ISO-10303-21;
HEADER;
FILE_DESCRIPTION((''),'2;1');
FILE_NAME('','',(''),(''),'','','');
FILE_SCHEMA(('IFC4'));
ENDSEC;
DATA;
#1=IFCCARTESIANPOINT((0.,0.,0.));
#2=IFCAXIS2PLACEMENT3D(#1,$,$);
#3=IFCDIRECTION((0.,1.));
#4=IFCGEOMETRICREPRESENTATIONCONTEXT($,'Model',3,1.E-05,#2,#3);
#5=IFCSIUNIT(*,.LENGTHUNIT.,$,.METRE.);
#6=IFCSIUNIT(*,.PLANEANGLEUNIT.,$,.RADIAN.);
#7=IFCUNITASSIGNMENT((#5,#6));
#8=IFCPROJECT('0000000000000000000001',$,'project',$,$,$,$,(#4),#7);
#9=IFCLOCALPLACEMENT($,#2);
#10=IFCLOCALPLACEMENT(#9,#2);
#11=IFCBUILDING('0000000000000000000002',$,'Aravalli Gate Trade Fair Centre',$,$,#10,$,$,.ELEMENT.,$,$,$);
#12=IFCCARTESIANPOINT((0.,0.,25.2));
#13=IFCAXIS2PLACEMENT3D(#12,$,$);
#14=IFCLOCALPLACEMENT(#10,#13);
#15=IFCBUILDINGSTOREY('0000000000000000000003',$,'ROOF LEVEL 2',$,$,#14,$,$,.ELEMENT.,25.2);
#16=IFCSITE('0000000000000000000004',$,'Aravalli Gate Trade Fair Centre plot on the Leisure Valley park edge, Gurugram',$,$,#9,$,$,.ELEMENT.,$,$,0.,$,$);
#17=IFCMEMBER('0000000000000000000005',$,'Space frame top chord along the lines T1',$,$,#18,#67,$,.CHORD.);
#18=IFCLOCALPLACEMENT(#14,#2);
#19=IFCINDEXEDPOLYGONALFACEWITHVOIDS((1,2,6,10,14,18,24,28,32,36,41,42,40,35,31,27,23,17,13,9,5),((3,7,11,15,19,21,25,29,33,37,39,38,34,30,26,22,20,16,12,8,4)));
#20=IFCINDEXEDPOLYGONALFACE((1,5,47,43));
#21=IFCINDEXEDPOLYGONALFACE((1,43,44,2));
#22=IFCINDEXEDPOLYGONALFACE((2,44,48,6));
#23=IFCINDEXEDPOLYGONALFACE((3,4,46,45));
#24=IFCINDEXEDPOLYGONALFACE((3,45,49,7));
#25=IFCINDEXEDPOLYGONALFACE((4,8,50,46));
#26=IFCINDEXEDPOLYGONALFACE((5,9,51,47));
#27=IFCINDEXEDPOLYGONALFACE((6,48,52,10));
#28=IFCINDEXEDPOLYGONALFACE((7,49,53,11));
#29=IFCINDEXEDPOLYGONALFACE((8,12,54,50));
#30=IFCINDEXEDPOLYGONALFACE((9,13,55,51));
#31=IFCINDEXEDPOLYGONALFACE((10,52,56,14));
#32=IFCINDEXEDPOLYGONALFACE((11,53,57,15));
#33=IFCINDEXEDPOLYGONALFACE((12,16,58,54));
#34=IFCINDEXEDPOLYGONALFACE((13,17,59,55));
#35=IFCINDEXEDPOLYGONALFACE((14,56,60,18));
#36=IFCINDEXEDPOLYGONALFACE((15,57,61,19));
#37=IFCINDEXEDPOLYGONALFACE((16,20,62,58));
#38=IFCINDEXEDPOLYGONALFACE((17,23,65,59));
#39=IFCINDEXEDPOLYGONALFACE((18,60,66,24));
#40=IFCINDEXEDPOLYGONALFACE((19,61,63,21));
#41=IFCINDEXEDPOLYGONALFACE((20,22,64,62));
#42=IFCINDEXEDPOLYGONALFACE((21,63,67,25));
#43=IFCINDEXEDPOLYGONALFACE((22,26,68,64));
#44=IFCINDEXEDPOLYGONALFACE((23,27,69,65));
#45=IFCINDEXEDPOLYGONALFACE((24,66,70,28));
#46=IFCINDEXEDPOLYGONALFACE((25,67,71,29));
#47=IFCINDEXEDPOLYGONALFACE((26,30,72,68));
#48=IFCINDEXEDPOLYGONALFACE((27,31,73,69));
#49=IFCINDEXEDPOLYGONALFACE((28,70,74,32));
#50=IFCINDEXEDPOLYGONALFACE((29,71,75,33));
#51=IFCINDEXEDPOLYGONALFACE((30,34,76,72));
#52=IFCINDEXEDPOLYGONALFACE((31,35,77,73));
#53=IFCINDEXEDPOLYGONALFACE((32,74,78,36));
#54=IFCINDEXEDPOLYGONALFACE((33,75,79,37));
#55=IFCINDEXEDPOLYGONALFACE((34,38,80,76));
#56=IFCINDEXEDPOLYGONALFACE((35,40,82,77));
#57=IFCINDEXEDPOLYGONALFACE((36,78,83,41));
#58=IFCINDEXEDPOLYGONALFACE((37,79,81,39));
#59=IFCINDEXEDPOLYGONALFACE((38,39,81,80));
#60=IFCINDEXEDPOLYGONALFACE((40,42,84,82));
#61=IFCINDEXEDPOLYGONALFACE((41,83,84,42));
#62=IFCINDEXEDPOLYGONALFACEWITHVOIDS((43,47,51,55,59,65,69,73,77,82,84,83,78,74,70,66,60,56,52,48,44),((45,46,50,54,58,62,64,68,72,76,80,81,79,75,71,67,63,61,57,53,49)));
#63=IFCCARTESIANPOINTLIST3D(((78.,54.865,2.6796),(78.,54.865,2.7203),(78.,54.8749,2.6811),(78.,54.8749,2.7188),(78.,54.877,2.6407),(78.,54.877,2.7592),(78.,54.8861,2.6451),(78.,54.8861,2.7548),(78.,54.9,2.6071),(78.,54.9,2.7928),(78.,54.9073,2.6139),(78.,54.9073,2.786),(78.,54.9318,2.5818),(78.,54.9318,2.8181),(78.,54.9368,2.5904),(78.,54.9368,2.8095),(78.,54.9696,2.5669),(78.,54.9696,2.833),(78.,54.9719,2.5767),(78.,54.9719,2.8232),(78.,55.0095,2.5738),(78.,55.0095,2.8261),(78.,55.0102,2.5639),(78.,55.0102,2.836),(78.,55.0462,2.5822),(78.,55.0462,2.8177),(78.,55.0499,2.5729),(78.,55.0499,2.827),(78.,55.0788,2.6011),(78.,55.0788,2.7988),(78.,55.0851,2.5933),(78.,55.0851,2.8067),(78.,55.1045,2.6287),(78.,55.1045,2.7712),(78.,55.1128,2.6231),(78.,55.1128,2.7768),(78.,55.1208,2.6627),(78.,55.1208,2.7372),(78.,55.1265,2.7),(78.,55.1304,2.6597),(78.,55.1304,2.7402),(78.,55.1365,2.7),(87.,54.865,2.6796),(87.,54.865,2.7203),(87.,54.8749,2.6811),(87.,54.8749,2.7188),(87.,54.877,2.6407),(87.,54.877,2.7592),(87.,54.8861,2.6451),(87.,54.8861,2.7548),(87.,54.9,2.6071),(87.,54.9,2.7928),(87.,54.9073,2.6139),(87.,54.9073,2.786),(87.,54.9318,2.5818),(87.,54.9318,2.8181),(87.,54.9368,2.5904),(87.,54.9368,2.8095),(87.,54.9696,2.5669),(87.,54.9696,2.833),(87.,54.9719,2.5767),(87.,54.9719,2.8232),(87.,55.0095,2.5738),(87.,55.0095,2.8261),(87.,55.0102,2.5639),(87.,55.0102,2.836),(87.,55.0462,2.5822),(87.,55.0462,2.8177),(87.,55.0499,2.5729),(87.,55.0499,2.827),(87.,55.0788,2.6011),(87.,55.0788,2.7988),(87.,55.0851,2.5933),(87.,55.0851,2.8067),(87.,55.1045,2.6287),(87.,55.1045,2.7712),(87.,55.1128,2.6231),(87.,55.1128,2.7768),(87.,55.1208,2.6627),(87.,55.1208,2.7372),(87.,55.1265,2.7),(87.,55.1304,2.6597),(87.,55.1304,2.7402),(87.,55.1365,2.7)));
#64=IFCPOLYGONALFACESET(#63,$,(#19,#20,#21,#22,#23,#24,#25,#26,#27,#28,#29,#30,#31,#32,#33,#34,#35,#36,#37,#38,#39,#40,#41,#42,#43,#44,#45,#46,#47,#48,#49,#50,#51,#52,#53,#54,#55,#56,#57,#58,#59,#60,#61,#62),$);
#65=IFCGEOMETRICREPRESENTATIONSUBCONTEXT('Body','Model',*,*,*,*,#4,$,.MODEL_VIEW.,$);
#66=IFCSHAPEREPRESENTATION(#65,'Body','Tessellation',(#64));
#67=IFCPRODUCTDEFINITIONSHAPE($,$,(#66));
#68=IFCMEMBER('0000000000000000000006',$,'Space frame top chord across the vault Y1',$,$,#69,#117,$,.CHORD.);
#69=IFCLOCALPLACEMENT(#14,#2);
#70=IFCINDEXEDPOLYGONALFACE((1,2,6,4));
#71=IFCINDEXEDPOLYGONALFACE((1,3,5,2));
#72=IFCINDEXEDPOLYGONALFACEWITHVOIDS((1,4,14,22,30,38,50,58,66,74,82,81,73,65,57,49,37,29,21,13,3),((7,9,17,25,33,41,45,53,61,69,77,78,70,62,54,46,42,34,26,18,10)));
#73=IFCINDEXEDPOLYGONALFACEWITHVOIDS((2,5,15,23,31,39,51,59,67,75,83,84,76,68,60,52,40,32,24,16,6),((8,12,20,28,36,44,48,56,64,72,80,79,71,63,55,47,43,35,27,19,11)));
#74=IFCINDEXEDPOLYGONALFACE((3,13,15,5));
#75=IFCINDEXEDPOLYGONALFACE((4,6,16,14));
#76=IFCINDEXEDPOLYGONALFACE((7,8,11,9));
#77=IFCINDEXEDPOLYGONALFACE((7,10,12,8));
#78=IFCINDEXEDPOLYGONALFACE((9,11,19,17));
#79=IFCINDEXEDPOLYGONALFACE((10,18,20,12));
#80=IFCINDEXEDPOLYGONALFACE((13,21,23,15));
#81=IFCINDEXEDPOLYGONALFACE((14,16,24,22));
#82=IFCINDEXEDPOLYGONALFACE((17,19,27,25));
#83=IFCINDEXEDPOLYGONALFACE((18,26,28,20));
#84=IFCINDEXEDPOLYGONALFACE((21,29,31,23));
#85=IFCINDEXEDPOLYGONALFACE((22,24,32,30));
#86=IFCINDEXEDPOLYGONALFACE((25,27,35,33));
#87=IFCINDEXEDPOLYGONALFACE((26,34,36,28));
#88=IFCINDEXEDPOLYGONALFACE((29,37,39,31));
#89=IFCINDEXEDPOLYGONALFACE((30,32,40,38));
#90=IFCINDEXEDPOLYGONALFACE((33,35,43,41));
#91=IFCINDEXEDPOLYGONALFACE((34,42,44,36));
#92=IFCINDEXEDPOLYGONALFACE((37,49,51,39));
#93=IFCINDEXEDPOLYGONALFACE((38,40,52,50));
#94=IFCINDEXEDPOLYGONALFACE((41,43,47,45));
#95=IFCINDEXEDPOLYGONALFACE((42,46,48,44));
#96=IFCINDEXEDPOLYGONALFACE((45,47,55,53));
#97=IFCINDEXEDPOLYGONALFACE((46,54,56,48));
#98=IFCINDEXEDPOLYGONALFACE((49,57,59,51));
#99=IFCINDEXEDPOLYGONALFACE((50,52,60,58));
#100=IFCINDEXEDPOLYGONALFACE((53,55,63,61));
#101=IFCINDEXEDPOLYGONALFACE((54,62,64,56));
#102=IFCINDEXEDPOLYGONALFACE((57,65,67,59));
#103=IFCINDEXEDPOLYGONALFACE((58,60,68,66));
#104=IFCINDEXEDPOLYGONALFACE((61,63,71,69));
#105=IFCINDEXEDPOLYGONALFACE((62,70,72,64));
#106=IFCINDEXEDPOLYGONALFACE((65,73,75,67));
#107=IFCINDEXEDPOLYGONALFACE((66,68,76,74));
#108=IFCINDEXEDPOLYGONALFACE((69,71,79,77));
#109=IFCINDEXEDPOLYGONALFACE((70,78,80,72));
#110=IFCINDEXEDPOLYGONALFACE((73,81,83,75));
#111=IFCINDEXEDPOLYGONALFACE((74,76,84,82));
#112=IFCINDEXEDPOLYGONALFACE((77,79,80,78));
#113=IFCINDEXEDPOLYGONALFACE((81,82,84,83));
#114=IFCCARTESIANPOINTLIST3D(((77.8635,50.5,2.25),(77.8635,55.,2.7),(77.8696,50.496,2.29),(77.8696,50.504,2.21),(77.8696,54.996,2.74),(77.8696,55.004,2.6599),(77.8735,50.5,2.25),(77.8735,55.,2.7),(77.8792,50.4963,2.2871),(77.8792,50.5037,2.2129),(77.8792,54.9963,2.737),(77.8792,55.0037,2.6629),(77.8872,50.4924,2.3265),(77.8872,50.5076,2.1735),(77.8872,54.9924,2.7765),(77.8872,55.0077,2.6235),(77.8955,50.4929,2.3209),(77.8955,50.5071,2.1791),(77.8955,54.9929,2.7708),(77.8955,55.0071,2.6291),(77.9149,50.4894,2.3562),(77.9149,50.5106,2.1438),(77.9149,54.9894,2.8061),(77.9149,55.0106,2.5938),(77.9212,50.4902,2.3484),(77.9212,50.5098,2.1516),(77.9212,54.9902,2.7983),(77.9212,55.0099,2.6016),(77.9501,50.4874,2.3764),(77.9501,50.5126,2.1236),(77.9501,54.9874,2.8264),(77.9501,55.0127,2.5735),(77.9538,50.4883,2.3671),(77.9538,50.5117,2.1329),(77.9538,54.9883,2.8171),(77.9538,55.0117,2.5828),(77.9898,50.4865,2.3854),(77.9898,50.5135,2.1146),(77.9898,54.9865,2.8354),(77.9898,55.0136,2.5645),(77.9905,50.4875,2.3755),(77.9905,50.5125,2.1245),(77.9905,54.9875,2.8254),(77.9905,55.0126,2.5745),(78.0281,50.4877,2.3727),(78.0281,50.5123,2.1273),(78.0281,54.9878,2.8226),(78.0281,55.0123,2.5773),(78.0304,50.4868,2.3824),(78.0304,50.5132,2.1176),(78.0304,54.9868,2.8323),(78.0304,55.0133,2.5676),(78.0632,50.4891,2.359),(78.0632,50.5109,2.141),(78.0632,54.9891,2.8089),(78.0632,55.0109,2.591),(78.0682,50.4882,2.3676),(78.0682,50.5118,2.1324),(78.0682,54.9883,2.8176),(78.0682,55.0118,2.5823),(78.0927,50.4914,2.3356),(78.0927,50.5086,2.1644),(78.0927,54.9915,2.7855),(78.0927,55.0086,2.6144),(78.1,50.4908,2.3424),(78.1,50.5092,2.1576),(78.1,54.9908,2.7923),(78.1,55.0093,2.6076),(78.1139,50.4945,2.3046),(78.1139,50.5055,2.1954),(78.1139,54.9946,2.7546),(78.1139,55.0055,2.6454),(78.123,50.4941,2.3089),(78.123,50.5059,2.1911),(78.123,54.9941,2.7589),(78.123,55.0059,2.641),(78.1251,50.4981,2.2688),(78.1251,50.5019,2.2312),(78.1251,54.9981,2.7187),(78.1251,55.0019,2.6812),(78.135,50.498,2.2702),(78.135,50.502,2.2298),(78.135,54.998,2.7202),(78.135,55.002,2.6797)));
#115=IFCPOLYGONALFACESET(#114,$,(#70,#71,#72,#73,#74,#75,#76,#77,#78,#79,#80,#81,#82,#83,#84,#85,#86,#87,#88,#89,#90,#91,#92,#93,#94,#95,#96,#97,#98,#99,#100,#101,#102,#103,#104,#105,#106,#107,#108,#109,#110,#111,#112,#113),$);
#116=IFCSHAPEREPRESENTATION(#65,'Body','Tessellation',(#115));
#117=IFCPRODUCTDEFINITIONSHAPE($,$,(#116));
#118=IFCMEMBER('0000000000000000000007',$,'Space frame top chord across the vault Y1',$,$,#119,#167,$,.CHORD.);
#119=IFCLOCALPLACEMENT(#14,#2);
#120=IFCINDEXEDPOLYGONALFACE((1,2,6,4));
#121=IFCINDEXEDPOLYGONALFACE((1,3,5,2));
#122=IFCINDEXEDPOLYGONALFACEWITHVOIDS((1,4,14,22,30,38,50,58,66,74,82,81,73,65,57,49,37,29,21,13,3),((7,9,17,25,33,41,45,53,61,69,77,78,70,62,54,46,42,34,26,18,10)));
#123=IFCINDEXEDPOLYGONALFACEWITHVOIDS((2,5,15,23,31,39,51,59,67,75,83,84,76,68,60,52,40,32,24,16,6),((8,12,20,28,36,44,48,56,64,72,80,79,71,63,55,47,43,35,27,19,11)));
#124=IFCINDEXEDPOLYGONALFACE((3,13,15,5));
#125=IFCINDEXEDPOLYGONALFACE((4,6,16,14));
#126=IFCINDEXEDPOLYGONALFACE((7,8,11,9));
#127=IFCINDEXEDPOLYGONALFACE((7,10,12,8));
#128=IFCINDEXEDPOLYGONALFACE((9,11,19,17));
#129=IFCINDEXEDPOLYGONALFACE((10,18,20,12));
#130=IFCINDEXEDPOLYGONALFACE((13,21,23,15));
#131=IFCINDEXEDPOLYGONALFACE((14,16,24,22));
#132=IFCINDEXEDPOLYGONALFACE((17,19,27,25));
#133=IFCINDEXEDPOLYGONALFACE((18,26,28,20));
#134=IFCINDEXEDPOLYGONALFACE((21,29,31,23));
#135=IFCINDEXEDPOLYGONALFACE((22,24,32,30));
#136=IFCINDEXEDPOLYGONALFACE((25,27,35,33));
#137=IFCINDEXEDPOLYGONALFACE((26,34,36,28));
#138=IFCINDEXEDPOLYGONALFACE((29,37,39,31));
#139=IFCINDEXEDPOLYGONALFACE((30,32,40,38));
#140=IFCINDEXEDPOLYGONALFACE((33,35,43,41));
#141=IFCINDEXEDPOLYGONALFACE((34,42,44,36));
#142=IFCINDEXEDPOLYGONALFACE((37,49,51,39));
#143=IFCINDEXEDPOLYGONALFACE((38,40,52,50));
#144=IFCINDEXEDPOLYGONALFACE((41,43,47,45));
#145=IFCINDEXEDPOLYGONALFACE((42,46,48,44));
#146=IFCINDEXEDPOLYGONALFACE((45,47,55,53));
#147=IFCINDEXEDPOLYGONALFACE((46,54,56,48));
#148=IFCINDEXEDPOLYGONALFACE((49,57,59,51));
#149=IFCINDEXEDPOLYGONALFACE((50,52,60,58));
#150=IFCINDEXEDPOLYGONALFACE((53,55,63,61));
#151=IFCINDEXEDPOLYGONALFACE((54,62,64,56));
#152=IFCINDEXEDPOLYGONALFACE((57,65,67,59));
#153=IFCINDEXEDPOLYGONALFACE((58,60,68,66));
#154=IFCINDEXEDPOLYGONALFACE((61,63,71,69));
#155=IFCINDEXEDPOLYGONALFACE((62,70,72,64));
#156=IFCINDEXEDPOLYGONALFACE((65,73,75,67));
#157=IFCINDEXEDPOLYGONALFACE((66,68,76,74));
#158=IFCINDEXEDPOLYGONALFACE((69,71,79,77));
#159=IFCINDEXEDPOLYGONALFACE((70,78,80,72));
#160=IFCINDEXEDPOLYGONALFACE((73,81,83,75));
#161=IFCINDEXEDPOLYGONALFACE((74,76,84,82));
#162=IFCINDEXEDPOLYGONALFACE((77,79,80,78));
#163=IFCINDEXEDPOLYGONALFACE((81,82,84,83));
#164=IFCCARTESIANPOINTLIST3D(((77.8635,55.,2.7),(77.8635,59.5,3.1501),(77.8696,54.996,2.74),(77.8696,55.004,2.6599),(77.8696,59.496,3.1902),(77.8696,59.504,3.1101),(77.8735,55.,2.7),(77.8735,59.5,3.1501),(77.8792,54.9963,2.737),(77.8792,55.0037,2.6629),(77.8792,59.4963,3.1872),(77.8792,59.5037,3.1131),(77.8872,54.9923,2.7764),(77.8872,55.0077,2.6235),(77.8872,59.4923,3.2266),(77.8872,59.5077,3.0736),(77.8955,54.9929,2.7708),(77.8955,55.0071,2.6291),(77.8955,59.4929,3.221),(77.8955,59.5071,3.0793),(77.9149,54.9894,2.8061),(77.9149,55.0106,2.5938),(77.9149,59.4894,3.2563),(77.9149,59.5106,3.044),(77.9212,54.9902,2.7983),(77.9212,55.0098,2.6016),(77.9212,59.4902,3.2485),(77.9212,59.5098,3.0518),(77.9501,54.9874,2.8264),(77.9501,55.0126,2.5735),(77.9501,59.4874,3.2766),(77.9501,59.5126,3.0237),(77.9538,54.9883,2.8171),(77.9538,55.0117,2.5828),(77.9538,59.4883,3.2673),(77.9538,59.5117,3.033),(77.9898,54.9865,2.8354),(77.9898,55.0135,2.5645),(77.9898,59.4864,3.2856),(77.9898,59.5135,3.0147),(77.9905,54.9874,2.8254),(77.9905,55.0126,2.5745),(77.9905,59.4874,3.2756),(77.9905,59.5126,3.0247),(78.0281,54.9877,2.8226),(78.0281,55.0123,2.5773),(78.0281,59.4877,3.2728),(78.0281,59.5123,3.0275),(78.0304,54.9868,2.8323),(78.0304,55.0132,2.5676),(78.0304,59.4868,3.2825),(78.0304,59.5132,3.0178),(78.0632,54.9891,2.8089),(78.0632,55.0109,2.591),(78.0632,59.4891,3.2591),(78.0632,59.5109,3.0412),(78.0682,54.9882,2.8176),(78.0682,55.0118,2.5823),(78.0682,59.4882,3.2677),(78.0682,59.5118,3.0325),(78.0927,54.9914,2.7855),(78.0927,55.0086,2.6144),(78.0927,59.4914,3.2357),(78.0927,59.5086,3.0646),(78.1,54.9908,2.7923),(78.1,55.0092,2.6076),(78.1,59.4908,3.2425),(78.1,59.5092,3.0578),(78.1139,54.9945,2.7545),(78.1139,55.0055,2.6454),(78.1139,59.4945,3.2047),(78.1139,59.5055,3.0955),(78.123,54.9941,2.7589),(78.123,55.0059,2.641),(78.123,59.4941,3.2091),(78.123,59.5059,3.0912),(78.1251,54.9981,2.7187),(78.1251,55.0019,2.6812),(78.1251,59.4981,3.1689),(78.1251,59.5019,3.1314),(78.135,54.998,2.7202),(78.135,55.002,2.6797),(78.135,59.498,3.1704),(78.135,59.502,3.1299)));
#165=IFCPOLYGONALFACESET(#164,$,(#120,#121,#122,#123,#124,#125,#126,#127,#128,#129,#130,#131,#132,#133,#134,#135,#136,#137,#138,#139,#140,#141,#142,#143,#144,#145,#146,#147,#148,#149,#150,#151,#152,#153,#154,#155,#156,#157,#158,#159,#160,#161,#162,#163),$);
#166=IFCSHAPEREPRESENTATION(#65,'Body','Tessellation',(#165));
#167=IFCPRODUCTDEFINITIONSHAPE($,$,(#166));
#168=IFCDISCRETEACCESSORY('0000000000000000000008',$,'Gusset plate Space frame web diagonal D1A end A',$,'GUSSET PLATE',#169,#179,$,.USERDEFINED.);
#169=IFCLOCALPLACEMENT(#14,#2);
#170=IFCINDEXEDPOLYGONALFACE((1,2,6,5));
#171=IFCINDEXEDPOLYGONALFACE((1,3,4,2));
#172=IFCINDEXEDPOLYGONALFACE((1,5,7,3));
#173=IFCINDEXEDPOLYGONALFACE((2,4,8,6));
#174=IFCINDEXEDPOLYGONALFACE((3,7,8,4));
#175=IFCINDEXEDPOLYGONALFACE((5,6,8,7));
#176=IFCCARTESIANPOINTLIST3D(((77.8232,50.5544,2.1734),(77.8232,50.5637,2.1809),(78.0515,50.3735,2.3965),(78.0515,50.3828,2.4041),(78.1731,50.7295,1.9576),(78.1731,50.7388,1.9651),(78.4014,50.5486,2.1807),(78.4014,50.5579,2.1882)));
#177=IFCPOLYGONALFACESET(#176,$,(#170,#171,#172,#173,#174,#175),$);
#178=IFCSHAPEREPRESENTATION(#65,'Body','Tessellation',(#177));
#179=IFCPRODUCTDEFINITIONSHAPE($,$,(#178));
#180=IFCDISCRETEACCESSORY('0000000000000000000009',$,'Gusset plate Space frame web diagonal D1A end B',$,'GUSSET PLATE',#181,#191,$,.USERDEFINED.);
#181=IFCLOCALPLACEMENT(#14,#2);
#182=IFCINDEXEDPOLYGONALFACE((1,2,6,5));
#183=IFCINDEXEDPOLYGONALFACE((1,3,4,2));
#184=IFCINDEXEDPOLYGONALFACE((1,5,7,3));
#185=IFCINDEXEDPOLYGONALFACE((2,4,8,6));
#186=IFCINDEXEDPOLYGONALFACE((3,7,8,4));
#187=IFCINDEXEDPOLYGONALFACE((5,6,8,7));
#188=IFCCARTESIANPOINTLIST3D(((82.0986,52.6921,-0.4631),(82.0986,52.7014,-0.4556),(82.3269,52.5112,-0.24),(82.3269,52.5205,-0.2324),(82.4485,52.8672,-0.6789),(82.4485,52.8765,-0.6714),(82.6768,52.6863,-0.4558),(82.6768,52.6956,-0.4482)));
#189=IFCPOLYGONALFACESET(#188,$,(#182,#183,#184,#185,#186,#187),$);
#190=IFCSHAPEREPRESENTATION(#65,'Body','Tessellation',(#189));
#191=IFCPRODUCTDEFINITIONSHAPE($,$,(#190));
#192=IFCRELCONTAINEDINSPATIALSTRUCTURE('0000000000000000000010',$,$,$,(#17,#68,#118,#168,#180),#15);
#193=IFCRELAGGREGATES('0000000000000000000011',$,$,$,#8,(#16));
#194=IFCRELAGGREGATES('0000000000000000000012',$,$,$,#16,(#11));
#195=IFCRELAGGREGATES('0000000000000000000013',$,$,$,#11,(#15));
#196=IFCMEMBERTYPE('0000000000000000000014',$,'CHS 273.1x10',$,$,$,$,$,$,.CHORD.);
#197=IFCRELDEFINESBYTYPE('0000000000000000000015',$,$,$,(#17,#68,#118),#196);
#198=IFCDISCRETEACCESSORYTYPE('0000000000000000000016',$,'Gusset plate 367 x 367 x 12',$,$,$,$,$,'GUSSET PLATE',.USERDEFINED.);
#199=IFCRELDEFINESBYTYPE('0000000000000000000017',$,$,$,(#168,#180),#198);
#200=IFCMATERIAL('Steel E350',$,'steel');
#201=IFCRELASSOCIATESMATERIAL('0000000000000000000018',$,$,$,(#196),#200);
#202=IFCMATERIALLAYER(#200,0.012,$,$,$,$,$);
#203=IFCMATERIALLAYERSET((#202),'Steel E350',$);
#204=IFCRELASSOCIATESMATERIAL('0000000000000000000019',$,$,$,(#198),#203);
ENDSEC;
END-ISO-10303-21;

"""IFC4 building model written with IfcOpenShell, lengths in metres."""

from ifc_helpers import new_model, si_unit, direction, frame, origin, origin_2d, place, context, subcontext, project, spatial, polyline, hollow_circle, outline, extrude, material, layer, layer_set, material_profile, profile_set, type_object, element, save


model = new_model("IFC4")

# Units and contexts
model_context = context("Model", 3, precision=1e-05, world=origin(), true_north=direction((0.0, 1.0)))
body_context = subcontext(model_context, "Body", "Model", "MODEL_VIEW")
ifc_project = project(units=[si_unit("LENGTHUNIT", "METRE"), si_unit("PLANEANGLEUNIT", "RADIAN")], contexts=[model_context])

# Site, building, storey
site_placement = place(None, origin())
site = spatial("IfcSite", under=ifc_project, at=site_placement, Name="Aravalli Gate Trade Fair Centre plot on the Leisure Valley park edge, Gurugram", CompositionType="ELEMENT", RefElevation=0.0)
building_placement = place(site_placement, origin())
building = spatial("IfcBuilding", under=site, at=building_placement, Name="Aravalli Gate Trade Fair Centre", CompositionType="ELEMENT")
storey_placement = place(building_placement, frame((0.0, 0.0, 25.2)))
storey = spatial("IfcBuildingStorey", under=building, at=storey_placement, Name="ROOF LEVEL 2", CompositionType="ELEMENT", Elevation=25.2)

# Members
ifc_material = material(Name="Steel E350", Category="steel")
ifc_material_profile_1 = material_profile(ifc_material, hollow_circle(Radius=0.1365, WallThickness=0.01, at=origin_2d()), Name="CHS 273.1x10")
ifc_profile_set_1 = profile_set([ifc_material_profile_1], Name="Steel E350")
member_type_1 = type_object("IfcMemberType", Name="CHS 273.1x10", PredefinedType="CHORD", material=ifc_profile_set_1)
for number, where, z_axis, x_axis, name in (
    (1, (78.0, 55.0, 2.7), (1.0, 0.0, 0.0), (0.0, 1.0, 0.0), "Space frame top chord along the lines T1"),
):
    element("IfcMember", number, at=place(storey_placement, frame(where, z_axis=z_axis, x_axis=x_axis)), inside=storey, type_object=member_type_1, Name=name, PredefinedType="CHORD", context=body_context, shape_type="SweptSolid", body=[
        extrude(hollow_circle(Radius=0.1365, WallThickness=0.01, at=origin_2d()), origin(), (0.0, 0.0, 1.0), 9.0),
    ])
for number, where, z_axis, x_axis, name in (
    (2, (78.0, 50.5, 2.25), (0.0, 0.995038, 0.099493), (-1.0, 0.0, 0.0), "Space frame top chord across the vault Y1"),
    (3, (78.0, 55.0, 2.7), (0.0, 0.995033, 0.099546), (-1.0, 0.0, 0.0), "Space frame top chord across the vault Y1"),
):
    element("IfcMember", number, at=place(storey_placement, frame(where, z_axis=z_axis, x_axis=x_axis)), inside=storey, type_object=member_type_1, Name=name, PredefinedType="CHORD", context=body_context, shape_type="SweptSolid", body=[
        extrude(hollow_circle(Radius=0.1365, WallThickness=0.01, at=origin_2d()), origin(), (0.0, 0.0, 1.0), 4.5225),
    ])

# Discrete accessories
ifc_layer = layer(ifc_material, 0.012)
ifc_layer_set = layer_set([ifc_layer], Name="Steel E350")
discrete_accessory_type = type_object("IfcDiscreteAccessoryType", Name="Gusset plate 367 x 367 x 12", ElementType="GUSSET PLATE", PredefinedType="USERDEFINED", material=ifc_layer_set)
discrete_accessory_1_placement = place(storey_placement, frame((78.1731, 50.7388, 1.9651), z_axis=(-0.000107, 0.776736, 0.629826), x_axis=(-0.783044, -0.391795, 0.48305)))
element("IfcDiscreteAccessory", 4, at=discrete_accessory_1_placement, inside=storey, type_object=discrete_accessory_type, Name="Gusset plate Space frame web diagonal D1A end A", ObjectType="GUSSET PLATE", PredefinedType="USERDEFINED", context=body_context, shape_type="SweptSolid", body=[
    extrude(outline(polyline([(0.0, 0.0), (0.4468, 0.0), (0.4467, 0.3669), (-0.0001, 0.3669), (0.0, 0.0)])), origin(), (0.0, 0.0, -1.0), 0.012),
])
discrete_accessory_2_placement = place(storey_placement, frame((82.0986, 52.7014, -0.4556), z_axis=(-0.000107, 0.776736, 0.629826), x_axis=(0.783044, 0.391795, -0.48305)))
element("IfcDiscreteAccessory", 5, at=discrete_accessory_2_placement, inside=storey, type_object=discrete_accessory_type, Name="Gusset plate Space frame web diagonal D1A end B", ObjectType="GUSSET PLATE", PredefinedType="USERDEFINED", context=body_context, shape_type="SweptSolid", body=[
    extrude(outline(polyline([(0.0, 0.0), (0.4468, 0.0), (0.4469, -0.3669), (0.0001, -0.3669), (0.0, 0.0)])), origin(), (0.0, 0.0, -1.0), 0.012),
])

save(model, "model.ifc")
